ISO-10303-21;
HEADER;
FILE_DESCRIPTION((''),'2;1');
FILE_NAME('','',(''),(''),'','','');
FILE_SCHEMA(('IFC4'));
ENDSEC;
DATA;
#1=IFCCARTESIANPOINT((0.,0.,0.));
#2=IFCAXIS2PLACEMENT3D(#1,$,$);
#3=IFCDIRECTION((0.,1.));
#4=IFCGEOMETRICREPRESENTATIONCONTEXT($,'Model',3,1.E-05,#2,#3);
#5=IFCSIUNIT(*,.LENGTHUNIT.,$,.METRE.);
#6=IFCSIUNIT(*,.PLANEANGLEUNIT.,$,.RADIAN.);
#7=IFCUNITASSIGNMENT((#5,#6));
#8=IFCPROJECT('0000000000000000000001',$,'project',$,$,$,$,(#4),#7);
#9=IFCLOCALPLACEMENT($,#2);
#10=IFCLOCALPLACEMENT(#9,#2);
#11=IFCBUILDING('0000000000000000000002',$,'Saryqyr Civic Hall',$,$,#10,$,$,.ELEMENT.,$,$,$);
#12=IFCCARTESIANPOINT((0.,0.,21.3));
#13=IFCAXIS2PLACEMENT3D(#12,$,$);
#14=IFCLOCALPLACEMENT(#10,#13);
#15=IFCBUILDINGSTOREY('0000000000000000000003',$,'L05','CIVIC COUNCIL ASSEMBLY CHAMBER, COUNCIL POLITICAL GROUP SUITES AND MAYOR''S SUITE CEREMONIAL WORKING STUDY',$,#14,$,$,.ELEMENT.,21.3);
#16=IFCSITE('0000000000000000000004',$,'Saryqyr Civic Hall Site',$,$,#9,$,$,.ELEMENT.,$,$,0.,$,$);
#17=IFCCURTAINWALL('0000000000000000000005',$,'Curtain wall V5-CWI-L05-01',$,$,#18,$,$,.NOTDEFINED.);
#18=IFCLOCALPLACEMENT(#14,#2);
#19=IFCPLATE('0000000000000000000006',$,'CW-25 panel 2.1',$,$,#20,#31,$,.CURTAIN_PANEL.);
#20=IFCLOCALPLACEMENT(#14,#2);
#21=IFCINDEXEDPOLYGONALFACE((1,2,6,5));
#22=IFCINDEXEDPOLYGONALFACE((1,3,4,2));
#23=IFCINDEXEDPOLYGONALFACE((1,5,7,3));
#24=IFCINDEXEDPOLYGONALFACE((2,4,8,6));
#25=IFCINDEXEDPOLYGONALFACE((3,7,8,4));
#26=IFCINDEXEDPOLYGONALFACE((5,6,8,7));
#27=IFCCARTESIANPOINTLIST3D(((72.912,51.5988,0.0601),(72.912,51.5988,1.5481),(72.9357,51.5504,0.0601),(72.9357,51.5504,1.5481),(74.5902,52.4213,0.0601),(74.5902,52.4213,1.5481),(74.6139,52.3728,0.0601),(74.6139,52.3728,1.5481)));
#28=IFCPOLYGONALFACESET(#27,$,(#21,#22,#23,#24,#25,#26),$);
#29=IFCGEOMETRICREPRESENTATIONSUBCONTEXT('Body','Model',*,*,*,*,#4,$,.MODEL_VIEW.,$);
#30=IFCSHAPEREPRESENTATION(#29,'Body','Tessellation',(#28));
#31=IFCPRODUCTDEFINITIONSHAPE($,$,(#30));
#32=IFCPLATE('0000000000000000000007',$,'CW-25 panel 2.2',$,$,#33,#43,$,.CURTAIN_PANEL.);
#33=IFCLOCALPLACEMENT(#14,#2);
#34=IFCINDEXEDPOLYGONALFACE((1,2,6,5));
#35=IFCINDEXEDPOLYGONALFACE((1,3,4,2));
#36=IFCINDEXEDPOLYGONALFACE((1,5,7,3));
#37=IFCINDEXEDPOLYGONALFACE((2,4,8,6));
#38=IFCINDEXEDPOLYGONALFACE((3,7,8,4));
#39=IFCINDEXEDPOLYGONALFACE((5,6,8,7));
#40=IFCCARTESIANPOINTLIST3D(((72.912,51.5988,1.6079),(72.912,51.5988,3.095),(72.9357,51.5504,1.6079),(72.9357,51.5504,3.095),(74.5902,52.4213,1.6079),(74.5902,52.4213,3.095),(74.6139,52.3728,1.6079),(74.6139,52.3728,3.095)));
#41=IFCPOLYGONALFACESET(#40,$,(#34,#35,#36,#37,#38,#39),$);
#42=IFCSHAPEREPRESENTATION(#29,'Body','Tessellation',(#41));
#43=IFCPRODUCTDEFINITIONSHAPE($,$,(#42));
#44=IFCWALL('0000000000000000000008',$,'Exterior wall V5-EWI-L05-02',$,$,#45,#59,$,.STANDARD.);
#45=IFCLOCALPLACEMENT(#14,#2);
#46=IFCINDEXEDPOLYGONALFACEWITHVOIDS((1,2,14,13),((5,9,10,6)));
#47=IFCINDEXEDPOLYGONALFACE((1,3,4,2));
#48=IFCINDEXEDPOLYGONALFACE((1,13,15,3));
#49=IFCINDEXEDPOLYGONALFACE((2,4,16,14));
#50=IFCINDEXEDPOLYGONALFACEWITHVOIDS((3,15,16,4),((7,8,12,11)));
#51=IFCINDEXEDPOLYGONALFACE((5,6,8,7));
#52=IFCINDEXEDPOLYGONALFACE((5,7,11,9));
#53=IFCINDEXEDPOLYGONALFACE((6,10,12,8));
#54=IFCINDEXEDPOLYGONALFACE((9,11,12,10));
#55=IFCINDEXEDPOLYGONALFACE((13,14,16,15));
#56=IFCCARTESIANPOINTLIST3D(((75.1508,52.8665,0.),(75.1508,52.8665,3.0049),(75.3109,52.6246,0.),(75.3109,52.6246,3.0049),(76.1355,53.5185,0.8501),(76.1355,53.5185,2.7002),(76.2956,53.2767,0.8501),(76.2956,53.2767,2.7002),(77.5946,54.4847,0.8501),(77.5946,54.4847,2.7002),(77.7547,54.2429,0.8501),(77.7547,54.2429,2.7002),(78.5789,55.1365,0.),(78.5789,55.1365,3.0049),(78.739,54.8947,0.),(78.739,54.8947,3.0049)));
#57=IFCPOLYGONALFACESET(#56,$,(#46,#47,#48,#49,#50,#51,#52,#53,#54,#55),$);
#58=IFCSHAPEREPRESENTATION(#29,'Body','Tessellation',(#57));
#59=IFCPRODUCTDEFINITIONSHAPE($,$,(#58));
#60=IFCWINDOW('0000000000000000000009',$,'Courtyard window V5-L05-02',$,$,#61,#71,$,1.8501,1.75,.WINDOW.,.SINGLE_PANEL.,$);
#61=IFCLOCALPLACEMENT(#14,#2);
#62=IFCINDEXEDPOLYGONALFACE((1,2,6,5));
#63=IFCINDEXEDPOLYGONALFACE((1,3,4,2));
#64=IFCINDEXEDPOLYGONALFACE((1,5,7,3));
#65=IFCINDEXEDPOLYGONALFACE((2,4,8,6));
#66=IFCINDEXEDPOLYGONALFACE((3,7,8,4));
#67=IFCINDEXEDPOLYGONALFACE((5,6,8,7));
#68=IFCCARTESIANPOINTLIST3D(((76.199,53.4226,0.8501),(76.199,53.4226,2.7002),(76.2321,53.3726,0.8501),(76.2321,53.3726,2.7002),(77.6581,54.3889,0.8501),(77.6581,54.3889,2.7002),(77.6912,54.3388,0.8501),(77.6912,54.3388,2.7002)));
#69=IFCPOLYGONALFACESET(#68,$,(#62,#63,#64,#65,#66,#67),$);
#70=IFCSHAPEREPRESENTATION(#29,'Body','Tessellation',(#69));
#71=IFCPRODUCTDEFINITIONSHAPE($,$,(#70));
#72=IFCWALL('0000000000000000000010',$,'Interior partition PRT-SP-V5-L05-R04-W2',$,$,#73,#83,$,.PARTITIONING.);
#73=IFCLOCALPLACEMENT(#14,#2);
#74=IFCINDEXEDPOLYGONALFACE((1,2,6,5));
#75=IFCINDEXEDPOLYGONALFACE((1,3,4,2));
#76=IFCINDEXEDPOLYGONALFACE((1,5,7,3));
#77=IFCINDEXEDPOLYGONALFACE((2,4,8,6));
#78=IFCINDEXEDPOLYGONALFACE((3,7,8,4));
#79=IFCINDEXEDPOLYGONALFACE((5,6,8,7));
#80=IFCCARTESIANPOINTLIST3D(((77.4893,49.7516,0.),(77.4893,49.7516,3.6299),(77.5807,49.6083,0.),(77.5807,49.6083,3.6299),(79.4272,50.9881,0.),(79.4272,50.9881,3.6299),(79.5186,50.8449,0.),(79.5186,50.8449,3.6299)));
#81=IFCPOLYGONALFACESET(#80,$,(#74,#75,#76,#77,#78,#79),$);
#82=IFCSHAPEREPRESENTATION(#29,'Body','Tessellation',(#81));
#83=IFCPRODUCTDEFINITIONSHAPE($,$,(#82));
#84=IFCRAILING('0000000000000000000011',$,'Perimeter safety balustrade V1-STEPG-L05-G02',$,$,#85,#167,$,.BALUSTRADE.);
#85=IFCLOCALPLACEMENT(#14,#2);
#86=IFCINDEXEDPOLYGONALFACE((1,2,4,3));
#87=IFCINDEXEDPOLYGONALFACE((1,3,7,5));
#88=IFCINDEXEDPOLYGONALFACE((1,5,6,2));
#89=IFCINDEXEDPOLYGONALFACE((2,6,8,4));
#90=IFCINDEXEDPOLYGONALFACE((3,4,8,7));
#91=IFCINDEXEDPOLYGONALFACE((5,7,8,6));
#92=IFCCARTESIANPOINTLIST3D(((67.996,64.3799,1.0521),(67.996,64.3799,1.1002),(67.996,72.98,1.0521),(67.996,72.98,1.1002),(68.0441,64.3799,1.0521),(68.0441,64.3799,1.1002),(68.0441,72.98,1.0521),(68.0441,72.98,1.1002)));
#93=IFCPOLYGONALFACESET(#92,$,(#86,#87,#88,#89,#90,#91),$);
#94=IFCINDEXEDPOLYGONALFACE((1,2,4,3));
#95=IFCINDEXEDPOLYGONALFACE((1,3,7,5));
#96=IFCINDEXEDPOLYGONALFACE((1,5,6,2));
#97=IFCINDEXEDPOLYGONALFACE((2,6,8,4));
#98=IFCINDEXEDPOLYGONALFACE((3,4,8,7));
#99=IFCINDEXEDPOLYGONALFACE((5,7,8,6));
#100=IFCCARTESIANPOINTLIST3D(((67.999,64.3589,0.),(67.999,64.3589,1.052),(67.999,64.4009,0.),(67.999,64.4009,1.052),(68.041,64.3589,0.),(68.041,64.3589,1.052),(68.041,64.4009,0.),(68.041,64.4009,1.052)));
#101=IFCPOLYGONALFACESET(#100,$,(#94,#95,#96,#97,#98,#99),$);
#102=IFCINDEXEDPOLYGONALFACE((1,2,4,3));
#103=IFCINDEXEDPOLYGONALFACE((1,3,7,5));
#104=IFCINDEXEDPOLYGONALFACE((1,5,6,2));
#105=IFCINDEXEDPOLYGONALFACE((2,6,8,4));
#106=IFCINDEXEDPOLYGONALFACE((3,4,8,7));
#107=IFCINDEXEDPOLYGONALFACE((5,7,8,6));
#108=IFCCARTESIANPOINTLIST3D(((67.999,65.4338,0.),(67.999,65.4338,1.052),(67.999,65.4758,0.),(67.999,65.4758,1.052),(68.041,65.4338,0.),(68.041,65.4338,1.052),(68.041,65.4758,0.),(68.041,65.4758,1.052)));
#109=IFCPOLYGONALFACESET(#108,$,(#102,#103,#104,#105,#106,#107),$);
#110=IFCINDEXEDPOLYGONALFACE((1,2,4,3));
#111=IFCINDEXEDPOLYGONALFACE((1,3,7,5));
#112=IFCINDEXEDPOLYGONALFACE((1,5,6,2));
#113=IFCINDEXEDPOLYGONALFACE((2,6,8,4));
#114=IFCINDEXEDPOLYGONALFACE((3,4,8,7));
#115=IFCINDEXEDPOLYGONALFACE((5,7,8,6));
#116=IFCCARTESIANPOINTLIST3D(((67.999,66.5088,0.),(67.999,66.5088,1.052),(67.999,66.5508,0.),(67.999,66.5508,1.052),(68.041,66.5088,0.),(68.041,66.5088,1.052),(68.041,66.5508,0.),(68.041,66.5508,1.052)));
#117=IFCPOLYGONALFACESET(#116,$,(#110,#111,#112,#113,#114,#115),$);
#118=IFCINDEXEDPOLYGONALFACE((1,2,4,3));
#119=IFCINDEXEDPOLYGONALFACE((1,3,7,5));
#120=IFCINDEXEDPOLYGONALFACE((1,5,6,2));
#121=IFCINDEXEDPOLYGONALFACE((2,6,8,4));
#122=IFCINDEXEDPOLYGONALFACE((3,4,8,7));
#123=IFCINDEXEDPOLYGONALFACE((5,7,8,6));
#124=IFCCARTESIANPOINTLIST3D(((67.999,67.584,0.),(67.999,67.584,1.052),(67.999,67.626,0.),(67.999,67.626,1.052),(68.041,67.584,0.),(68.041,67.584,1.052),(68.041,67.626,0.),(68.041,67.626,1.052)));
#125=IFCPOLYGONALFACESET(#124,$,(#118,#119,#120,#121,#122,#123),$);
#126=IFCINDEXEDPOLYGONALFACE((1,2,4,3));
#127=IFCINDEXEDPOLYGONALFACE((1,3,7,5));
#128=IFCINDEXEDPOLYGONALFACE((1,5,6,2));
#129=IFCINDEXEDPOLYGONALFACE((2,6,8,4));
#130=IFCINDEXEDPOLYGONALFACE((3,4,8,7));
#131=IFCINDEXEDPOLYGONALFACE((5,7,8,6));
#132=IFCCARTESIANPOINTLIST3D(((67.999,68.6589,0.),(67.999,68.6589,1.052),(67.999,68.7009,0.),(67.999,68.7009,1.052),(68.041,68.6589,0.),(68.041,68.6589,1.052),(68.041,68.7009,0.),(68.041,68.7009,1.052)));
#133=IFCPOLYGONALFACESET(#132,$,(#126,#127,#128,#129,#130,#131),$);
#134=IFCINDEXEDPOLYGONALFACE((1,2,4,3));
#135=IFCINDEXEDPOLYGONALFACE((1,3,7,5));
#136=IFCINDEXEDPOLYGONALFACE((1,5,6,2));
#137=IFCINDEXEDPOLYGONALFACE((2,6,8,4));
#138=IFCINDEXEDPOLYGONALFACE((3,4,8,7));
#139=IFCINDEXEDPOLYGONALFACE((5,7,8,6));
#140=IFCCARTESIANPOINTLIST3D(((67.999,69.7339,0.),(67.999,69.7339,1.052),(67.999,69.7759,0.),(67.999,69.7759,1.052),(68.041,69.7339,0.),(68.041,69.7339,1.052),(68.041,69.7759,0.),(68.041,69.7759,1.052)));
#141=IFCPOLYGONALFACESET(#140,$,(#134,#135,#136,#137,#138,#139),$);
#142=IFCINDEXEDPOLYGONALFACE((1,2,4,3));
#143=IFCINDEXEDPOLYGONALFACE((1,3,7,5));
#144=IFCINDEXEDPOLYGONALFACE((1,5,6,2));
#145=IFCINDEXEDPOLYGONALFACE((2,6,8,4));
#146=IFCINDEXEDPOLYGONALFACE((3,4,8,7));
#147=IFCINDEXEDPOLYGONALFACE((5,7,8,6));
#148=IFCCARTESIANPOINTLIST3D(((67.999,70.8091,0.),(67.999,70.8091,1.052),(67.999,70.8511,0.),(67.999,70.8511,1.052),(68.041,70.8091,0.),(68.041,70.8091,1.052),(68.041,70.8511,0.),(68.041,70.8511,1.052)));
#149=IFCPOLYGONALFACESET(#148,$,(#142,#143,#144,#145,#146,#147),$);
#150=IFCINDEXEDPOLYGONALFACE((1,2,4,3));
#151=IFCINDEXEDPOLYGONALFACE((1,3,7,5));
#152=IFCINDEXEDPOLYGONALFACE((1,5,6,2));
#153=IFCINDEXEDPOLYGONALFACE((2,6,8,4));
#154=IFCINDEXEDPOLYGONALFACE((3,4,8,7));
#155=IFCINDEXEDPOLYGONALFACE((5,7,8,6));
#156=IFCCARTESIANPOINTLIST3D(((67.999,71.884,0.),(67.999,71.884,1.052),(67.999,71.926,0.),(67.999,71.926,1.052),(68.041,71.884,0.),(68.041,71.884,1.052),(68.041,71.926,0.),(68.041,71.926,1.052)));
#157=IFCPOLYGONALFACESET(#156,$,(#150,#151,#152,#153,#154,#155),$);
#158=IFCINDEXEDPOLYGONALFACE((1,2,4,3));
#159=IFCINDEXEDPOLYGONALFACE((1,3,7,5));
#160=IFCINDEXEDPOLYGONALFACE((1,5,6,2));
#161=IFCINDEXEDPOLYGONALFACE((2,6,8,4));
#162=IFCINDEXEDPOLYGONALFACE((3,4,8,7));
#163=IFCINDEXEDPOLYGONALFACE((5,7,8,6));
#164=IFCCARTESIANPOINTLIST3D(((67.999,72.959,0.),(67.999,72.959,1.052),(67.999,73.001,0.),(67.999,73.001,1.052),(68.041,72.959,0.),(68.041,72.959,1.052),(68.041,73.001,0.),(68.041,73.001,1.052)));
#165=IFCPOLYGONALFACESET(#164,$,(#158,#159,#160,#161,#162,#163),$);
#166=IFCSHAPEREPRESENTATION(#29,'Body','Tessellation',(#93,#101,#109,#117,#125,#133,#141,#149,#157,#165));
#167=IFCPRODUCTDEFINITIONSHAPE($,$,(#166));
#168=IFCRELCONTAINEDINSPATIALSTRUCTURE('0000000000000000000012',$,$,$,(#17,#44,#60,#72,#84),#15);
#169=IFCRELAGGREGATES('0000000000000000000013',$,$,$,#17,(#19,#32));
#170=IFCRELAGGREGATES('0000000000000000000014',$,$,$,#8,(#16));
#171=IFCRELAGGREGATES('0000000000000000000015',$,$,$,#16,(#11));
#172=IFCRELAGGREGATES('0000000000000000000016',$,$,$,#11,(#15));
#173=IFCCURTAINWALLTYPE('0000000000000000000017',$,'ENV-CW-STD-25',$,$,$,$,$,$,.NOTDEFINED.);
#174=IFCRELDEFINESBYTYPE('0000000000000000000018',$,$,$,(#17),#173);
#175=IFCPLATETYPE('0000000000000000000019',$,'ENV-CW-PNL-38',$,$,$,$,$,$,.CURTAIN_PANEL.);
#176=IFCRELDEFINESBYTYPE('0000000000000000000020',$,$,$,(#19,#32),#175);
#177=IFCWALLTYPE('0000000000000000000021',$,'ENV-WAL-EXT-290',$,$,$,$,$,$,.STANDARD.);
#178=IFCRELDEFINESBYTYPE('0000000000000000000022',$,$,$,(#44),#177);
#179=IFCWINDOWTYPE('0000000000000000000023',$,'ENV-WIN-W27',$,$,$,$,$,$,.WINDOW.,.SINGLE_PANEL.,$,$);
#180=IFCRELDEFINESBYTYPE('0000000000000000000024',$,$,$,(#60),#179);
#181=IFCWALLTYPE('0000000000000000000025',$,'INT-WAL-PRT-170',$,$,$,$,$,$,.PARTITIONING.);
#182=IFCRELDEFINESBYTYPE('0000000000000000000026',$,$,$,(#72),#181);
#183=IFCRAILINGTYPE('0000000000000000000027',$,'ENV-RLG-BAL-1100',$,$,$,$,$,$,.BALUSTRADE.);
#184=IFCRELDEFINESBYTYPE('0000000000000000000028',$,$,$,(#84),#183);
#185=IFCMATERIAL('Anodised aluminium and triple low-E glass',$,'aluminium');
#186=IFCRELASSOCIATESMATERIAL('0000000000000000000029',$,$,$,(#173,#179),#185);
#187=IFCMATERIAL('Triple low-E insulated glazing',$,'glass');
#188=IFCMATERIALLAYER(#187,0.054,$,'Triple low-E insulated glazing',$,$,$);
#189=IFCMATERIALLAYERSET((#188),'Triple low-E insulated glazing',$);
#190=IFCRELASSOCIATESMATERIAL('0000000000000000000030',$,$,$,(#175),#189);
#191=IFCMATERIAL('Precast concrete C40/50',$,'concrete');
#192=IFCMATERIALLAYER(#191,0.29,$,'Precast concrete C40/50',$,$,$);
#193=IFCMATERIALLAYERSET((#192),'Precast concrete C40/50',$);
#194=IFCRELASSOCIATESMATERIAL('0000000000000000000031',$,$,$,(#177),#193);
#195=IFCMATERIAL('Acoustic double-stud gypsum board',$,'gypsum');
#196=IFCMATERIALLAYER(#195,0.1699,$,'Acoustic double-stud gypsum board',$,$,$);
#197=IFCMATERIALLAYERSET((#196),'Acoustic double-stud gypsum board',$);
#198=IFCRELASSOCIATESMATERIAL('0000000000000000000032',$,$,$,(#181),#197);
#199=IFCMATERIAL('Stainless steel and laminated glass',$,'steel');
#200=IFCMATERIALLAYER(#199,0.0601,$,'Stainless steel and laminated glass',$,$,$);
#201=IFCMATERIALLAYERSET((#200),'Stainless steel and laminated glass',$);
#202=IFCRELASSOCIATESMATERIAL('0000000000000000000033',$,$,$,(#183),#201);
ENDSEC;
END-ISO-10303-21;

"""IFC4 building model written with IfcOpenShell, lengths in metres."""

from ifc_helpers import new_model, si_unit, direction, frame, frame_2d, origin, origin_2d, place, context, subcontext, project, spatial, rectangle, extrude, material, layer, layer_set, type_object, element, fill, aggregate, save


model = new_model("IFC4")

# Units and contexts
model_context = context("Model", 3, precision=1e-05, world=origin(), true_north=direction((0.0, 1.0)))
body_context = subcontext(model_context, "Body", "Model", "MODEL_VIEW")
ifc_project = project(units=[si_unit("LENGTHUNIT", "METRE"), si_unit("PLANEANGLEUNIT", "RADIAN")], contexts=[model_context])

# Site, building, storey
site_placement = place(None, origin())
site = spatial("IfcSite", under=ifc_project, at=site_placement, Name="Saryqyr Civic Hall Site", CompositionType="ELEMENT", RefElevation=0.0)
building_placement = place(site_placement, origin())
building = spatial("IfcBuilding", under=site, at=building_placement, Name="Saryqyr Civic Hall", CompositionType="ELEMENT")
storey_placement = place(building_placement, frame((0.0, 0.0, 21.3)))
storey = spatial("IfcBuildingStorey", under=building, at=storey_placement, Name="L05", Description="CIVIC COUNCIL ASSEMBLY CHAMBER, COUNCIL POLITICAL GROUP SUITES AND MAYOR'S SUITE CEREMONIAL WORKING STUDY", CompositionType="ELEMENT", Elevation=21.3)

# Curtain wall
ifc_material_1 = material(Name="Anodised aluminium and triple low-E glass", Category="aluminium")
curtain_wall_type_1 = type_object("IfcCurtainWallType", Name="ENV-CW-STD-25", PredefinedType="NOTDEFINED", material=ifc_material_1)
curtain_wall_1_placement = place(storey_placement, origin())
curtain_wall_1 = element("IfcCurtainWall", 1, at=curtain_wall_1_placement, inside=storey, type_object=curtain_wall_type_1, Name="Curtain wall V5-CWI-L05-01", PredefinedType="NOTDEFINED")

# Plates
ifc_material_2 = material(Name="Triple low-E insulated glazing", Category="glass")
ifc_layer_1 = layer(ifc_material_2, 0.054, Name="Triple low-E insulated glazing")
ifc_layer_set_1 = layer_set([ifc_layer_1], Name="Triple low-E insulated glazing")
plate_type = type_object("IfcPlateType", Name="ENV-CW-PNL-38", PredefinedType="CURTAIN_PANEL", material=ifc_layer_set_1)
plate_1_placement = place(storey_placement, frame((73.7629, 51.9858, 0.0601), z_axis=(0.0, 0.0, 1.0), x_axis=(0.897962, 0.440073, 0.0)))
plate_1 = element("IfcPlate", 2, at=plate_1_placement, type_object=plate_type, Name="CW-25 panel 2.1", PredefinedType="CURTAIN_PANEL", context=body_context, shape_type="SweptSolid", body=[
    extrude(rectangle(XDim=1.8689, YDim=0.054, at=origin_2d()), origin(), (0.0, 0.0, 1.0), 1.488),
])
plate_2_placement = place(storey_placement, frame((73.7629, 51.9858, 1.6079), z_axis=(0.0, 0.0, 1.0), x_axis=(0.897962, 0.440073, 0.0)))
plate_2 = element("IfcPlate", 3, at=plate_2_placement, type_object=plate_type, Name="CW-25 panel 2.2", PredefinedType="CURTAIN_PANEL", context=body_context, shape_type="SweptSolid", body=[
    extrude(rectangle(XDim=1.8689, YDim=0.054, at=origin_2d()), origin(), (0.0, 0.0, 1.0), 1.4871),
])
aggregate(curtain_wall_1, [plate_1, plate_2])

# Wall, opening, window
ifc_material_3 = material(Name="Precast concrete C40/50", Category="concrete")
ifc_layer_2 = layer(ifc_material_3, 0.29, Name="Precast concrete C40/50")
ifc_layer_set_2 = layer_set([ifc_layer_2], Name="Precast concrete C40/50")
wall_type_1 = type_object("IfcWallType", Name="ENV-WAL-EXT-290", PredefinedType="STANDARD", material=ifc_layer_set_2)
wall_1_placement = place(storey_placement, frame((75.231, 52.7456, 0.0), z_axis=(0.0, 0.0, 1.0), x_axis=(0.833764, 0.552121, 0.0)))
wall_1 = element("IfcWall", 4, at=wall_1_placement, inside=storey, type_object=wall_type_1, Name="Exterior wall V5-EWI-L05-02", PredefinedType="STANDARD", context=body_context, shape_type="SweptSolid", body=[
    extrude(rectangle(XDim=4.1116, YDim=0.29, at=frame_2d((2.0557, 0.0))), origin(), (0.0, 0.0, 1.0), 3.0049),
])
opening_placement = place(wall_1_placement, frame((1.1809, 0.0, 0.8501)))
opening = element("IfcOpeningElement", 5, at=opening_placement, cuts=wall_1, PredefinedType="OPENING", context=body_context, shape_type="SweptSolid", body=[
    extrude(rectangle(XDim=1.75, YDim=1.8501, at=frame_2d((0.875, 0.925))), frame((0.0, 0.155, 0.0), z_axis=(0.0, -1.0, 0.0), x_axis=(1.0, 0.0, 0.0)), (0.0, 0.0, 1.0), 0.3101),
])
window_type = type_object("IfcWindowType", Name="ENV-WIN-W27", PartitioningType="SINGLE_PANEL", PredefinedType="WINDOW", material=ifc_material_1)
window_placement = place(opening_placement, origin())
window = element("IfcWindow", 6, at=window_placement, inside=storey, type_object=window_type, Name="Courtyard window V5-L05-02", OverallHeight=1.8501, OverallWidth=1.75, PartitioningType="SINGLE_PANEL", PredefinedType="WINDOW", context=body_context, shape_type="SweptSolid", body=[
    extrude(rectangle(XDim=1.75, YDim=1.8501, at=frame_2d((0.875, 0.925))), frame((0.0, 0.03, 0.0), z_axis=(0.0, -1.0, 0.0), x_axis=(1.0, 0.0, 0.0)), (0.0, 0.0, 1.0), 0.0601),
])
fill(opening, window)

# Wall
ifc_material_4 = material(Name="Acoustic double-stud gypsum board", Category="gypsum")
ifc_layer_3 = layer(ifc_material_4, 0.1699, Name="Acoustic double-stud gypsum board")
ifc_layer_set_3 = layer_set([ifc_layer_3], Name="Acoustic double-stud gypsum board")
wall_type_2 = type_object("IfcWallType", Name="INT-WAL-PRT-170", PredefinedType="PARTITIONING", material=ifc_layer_set_3)
wall_2_placement = place(storey_placement, frame((79.4729, 50.9165, 0.0), z_axis=(0.0, 0.0, 1.0), x_axis=(-0.843009, -0.537899, 0.0)))
element("IfcWall", 7, at=wall_2_placement, inside=storey, type_object=wall_type_2, Name="Interior partition PRT-SP-V5-L05-R04-W2", PredefinedType="PARTITIONING", context=body_context, shape_type="SweptSolid", body=[
    extrude(rectangle(XDim=2.2988, YDim=0.1699, at=frame_2d((1.1494, 0.0))), origin(), (0.0, 0.0, 1.0), 3.6299),
])

# Railing
ifc_material_5 = material(Name="Stainless steel and laminated glass", Category="steel")
ifc_layer_4 = layer(ifc_material_5, 0.0601, Name="Stainless steel and laminated glass")
ifc_layer_set_4 = layer_set([ifc_layer_4], Name="Stainless steel and laminated glass")
railing_type_1 = type_object("IfcRailingType", Name="ENV-RLG-BAL-1100", PredefinedType="BALUSTRADE", material=ifc_layer_set_4)
railing_1_placement = place(storey_placement, frame((68.02, 64.3799, 0.0)))
element("IfcRailing", 8, at=railing_1_placement, inside=storey, type_object=railing_type_1, Name="Perimeter safety balustrade V1-STEPG-L05-G02", PredefinedType="BALUSTRADE", context=body_context, shape_type="SweptSolid", body=[
    extrude(rectangle(XDim=0.0481, YDim=0.0481, at=origin_2d()), frame((0.0, 0.0, 1.0762), z_axis=(0.0, 1.0, 0.0), x_axis=(-1.0, 0.0, 0.0)), (0.0, 0.0, 1.0), 8.6001),
    extrude(rectangle(XDim=0.042, YDim=0.042, at=origin_2d()), origin(), (0.0, 0.0, 1.0), 1.052),
    extrude(rectangle(XDim=0.042, YDim=0.042, at=origin_2d()), frame((0.0, 1.075, 0.0)), (0.0, 0.0, 1.0), 1.052),
    extrude(rectangle(XDim=0.042, YDim=0.042, at=origin_2d()), frame((0.0, 2.1499, 0.0)), (0.0, 0.0, 1.0), 1.052),
    extrude(rectangle(XDim=0.042, YDim=0.042, at=origin_2d()), frame((0.0, 3.2251, 0.0)), (0.0, 0.0, 1.0), 1.052),
    extrude(rectangle(XDim=0.042, YDim=0.042, at=origin_2d()), frame((0.0, 4.3, 0.0)), (0.0, 0.0, 1.0), 1.052),
    extrude(rectangle(XDim=0.042, YDim=0.042, at=origin_2d()), frame((0.0, 5.375, 0.0)), (0.0, 0.0, 1.0), 1.052),
    extrude(rectangle(XDim=0.042, YDim=0.042, at=origin_2d()), frame((0.0, 6.4502, 0.0)), (0.0, 0.0, 1.0), 1.052),
    extrude(rectangle(XDim=0.042, YDim=0.042, at=origin_2d()), frame((0.0, 7.5251, 0.0)), (0.0, 0.0, 1.0), 1.052),
    extrude(rectangle(XDim=0.042, YDim=0.042, at=origin_2d()), frame((0.0, 8.6001, 0.0)), (0.0, 0.0, 1.0), 1.052),
])

save(model, "model.ifc")
